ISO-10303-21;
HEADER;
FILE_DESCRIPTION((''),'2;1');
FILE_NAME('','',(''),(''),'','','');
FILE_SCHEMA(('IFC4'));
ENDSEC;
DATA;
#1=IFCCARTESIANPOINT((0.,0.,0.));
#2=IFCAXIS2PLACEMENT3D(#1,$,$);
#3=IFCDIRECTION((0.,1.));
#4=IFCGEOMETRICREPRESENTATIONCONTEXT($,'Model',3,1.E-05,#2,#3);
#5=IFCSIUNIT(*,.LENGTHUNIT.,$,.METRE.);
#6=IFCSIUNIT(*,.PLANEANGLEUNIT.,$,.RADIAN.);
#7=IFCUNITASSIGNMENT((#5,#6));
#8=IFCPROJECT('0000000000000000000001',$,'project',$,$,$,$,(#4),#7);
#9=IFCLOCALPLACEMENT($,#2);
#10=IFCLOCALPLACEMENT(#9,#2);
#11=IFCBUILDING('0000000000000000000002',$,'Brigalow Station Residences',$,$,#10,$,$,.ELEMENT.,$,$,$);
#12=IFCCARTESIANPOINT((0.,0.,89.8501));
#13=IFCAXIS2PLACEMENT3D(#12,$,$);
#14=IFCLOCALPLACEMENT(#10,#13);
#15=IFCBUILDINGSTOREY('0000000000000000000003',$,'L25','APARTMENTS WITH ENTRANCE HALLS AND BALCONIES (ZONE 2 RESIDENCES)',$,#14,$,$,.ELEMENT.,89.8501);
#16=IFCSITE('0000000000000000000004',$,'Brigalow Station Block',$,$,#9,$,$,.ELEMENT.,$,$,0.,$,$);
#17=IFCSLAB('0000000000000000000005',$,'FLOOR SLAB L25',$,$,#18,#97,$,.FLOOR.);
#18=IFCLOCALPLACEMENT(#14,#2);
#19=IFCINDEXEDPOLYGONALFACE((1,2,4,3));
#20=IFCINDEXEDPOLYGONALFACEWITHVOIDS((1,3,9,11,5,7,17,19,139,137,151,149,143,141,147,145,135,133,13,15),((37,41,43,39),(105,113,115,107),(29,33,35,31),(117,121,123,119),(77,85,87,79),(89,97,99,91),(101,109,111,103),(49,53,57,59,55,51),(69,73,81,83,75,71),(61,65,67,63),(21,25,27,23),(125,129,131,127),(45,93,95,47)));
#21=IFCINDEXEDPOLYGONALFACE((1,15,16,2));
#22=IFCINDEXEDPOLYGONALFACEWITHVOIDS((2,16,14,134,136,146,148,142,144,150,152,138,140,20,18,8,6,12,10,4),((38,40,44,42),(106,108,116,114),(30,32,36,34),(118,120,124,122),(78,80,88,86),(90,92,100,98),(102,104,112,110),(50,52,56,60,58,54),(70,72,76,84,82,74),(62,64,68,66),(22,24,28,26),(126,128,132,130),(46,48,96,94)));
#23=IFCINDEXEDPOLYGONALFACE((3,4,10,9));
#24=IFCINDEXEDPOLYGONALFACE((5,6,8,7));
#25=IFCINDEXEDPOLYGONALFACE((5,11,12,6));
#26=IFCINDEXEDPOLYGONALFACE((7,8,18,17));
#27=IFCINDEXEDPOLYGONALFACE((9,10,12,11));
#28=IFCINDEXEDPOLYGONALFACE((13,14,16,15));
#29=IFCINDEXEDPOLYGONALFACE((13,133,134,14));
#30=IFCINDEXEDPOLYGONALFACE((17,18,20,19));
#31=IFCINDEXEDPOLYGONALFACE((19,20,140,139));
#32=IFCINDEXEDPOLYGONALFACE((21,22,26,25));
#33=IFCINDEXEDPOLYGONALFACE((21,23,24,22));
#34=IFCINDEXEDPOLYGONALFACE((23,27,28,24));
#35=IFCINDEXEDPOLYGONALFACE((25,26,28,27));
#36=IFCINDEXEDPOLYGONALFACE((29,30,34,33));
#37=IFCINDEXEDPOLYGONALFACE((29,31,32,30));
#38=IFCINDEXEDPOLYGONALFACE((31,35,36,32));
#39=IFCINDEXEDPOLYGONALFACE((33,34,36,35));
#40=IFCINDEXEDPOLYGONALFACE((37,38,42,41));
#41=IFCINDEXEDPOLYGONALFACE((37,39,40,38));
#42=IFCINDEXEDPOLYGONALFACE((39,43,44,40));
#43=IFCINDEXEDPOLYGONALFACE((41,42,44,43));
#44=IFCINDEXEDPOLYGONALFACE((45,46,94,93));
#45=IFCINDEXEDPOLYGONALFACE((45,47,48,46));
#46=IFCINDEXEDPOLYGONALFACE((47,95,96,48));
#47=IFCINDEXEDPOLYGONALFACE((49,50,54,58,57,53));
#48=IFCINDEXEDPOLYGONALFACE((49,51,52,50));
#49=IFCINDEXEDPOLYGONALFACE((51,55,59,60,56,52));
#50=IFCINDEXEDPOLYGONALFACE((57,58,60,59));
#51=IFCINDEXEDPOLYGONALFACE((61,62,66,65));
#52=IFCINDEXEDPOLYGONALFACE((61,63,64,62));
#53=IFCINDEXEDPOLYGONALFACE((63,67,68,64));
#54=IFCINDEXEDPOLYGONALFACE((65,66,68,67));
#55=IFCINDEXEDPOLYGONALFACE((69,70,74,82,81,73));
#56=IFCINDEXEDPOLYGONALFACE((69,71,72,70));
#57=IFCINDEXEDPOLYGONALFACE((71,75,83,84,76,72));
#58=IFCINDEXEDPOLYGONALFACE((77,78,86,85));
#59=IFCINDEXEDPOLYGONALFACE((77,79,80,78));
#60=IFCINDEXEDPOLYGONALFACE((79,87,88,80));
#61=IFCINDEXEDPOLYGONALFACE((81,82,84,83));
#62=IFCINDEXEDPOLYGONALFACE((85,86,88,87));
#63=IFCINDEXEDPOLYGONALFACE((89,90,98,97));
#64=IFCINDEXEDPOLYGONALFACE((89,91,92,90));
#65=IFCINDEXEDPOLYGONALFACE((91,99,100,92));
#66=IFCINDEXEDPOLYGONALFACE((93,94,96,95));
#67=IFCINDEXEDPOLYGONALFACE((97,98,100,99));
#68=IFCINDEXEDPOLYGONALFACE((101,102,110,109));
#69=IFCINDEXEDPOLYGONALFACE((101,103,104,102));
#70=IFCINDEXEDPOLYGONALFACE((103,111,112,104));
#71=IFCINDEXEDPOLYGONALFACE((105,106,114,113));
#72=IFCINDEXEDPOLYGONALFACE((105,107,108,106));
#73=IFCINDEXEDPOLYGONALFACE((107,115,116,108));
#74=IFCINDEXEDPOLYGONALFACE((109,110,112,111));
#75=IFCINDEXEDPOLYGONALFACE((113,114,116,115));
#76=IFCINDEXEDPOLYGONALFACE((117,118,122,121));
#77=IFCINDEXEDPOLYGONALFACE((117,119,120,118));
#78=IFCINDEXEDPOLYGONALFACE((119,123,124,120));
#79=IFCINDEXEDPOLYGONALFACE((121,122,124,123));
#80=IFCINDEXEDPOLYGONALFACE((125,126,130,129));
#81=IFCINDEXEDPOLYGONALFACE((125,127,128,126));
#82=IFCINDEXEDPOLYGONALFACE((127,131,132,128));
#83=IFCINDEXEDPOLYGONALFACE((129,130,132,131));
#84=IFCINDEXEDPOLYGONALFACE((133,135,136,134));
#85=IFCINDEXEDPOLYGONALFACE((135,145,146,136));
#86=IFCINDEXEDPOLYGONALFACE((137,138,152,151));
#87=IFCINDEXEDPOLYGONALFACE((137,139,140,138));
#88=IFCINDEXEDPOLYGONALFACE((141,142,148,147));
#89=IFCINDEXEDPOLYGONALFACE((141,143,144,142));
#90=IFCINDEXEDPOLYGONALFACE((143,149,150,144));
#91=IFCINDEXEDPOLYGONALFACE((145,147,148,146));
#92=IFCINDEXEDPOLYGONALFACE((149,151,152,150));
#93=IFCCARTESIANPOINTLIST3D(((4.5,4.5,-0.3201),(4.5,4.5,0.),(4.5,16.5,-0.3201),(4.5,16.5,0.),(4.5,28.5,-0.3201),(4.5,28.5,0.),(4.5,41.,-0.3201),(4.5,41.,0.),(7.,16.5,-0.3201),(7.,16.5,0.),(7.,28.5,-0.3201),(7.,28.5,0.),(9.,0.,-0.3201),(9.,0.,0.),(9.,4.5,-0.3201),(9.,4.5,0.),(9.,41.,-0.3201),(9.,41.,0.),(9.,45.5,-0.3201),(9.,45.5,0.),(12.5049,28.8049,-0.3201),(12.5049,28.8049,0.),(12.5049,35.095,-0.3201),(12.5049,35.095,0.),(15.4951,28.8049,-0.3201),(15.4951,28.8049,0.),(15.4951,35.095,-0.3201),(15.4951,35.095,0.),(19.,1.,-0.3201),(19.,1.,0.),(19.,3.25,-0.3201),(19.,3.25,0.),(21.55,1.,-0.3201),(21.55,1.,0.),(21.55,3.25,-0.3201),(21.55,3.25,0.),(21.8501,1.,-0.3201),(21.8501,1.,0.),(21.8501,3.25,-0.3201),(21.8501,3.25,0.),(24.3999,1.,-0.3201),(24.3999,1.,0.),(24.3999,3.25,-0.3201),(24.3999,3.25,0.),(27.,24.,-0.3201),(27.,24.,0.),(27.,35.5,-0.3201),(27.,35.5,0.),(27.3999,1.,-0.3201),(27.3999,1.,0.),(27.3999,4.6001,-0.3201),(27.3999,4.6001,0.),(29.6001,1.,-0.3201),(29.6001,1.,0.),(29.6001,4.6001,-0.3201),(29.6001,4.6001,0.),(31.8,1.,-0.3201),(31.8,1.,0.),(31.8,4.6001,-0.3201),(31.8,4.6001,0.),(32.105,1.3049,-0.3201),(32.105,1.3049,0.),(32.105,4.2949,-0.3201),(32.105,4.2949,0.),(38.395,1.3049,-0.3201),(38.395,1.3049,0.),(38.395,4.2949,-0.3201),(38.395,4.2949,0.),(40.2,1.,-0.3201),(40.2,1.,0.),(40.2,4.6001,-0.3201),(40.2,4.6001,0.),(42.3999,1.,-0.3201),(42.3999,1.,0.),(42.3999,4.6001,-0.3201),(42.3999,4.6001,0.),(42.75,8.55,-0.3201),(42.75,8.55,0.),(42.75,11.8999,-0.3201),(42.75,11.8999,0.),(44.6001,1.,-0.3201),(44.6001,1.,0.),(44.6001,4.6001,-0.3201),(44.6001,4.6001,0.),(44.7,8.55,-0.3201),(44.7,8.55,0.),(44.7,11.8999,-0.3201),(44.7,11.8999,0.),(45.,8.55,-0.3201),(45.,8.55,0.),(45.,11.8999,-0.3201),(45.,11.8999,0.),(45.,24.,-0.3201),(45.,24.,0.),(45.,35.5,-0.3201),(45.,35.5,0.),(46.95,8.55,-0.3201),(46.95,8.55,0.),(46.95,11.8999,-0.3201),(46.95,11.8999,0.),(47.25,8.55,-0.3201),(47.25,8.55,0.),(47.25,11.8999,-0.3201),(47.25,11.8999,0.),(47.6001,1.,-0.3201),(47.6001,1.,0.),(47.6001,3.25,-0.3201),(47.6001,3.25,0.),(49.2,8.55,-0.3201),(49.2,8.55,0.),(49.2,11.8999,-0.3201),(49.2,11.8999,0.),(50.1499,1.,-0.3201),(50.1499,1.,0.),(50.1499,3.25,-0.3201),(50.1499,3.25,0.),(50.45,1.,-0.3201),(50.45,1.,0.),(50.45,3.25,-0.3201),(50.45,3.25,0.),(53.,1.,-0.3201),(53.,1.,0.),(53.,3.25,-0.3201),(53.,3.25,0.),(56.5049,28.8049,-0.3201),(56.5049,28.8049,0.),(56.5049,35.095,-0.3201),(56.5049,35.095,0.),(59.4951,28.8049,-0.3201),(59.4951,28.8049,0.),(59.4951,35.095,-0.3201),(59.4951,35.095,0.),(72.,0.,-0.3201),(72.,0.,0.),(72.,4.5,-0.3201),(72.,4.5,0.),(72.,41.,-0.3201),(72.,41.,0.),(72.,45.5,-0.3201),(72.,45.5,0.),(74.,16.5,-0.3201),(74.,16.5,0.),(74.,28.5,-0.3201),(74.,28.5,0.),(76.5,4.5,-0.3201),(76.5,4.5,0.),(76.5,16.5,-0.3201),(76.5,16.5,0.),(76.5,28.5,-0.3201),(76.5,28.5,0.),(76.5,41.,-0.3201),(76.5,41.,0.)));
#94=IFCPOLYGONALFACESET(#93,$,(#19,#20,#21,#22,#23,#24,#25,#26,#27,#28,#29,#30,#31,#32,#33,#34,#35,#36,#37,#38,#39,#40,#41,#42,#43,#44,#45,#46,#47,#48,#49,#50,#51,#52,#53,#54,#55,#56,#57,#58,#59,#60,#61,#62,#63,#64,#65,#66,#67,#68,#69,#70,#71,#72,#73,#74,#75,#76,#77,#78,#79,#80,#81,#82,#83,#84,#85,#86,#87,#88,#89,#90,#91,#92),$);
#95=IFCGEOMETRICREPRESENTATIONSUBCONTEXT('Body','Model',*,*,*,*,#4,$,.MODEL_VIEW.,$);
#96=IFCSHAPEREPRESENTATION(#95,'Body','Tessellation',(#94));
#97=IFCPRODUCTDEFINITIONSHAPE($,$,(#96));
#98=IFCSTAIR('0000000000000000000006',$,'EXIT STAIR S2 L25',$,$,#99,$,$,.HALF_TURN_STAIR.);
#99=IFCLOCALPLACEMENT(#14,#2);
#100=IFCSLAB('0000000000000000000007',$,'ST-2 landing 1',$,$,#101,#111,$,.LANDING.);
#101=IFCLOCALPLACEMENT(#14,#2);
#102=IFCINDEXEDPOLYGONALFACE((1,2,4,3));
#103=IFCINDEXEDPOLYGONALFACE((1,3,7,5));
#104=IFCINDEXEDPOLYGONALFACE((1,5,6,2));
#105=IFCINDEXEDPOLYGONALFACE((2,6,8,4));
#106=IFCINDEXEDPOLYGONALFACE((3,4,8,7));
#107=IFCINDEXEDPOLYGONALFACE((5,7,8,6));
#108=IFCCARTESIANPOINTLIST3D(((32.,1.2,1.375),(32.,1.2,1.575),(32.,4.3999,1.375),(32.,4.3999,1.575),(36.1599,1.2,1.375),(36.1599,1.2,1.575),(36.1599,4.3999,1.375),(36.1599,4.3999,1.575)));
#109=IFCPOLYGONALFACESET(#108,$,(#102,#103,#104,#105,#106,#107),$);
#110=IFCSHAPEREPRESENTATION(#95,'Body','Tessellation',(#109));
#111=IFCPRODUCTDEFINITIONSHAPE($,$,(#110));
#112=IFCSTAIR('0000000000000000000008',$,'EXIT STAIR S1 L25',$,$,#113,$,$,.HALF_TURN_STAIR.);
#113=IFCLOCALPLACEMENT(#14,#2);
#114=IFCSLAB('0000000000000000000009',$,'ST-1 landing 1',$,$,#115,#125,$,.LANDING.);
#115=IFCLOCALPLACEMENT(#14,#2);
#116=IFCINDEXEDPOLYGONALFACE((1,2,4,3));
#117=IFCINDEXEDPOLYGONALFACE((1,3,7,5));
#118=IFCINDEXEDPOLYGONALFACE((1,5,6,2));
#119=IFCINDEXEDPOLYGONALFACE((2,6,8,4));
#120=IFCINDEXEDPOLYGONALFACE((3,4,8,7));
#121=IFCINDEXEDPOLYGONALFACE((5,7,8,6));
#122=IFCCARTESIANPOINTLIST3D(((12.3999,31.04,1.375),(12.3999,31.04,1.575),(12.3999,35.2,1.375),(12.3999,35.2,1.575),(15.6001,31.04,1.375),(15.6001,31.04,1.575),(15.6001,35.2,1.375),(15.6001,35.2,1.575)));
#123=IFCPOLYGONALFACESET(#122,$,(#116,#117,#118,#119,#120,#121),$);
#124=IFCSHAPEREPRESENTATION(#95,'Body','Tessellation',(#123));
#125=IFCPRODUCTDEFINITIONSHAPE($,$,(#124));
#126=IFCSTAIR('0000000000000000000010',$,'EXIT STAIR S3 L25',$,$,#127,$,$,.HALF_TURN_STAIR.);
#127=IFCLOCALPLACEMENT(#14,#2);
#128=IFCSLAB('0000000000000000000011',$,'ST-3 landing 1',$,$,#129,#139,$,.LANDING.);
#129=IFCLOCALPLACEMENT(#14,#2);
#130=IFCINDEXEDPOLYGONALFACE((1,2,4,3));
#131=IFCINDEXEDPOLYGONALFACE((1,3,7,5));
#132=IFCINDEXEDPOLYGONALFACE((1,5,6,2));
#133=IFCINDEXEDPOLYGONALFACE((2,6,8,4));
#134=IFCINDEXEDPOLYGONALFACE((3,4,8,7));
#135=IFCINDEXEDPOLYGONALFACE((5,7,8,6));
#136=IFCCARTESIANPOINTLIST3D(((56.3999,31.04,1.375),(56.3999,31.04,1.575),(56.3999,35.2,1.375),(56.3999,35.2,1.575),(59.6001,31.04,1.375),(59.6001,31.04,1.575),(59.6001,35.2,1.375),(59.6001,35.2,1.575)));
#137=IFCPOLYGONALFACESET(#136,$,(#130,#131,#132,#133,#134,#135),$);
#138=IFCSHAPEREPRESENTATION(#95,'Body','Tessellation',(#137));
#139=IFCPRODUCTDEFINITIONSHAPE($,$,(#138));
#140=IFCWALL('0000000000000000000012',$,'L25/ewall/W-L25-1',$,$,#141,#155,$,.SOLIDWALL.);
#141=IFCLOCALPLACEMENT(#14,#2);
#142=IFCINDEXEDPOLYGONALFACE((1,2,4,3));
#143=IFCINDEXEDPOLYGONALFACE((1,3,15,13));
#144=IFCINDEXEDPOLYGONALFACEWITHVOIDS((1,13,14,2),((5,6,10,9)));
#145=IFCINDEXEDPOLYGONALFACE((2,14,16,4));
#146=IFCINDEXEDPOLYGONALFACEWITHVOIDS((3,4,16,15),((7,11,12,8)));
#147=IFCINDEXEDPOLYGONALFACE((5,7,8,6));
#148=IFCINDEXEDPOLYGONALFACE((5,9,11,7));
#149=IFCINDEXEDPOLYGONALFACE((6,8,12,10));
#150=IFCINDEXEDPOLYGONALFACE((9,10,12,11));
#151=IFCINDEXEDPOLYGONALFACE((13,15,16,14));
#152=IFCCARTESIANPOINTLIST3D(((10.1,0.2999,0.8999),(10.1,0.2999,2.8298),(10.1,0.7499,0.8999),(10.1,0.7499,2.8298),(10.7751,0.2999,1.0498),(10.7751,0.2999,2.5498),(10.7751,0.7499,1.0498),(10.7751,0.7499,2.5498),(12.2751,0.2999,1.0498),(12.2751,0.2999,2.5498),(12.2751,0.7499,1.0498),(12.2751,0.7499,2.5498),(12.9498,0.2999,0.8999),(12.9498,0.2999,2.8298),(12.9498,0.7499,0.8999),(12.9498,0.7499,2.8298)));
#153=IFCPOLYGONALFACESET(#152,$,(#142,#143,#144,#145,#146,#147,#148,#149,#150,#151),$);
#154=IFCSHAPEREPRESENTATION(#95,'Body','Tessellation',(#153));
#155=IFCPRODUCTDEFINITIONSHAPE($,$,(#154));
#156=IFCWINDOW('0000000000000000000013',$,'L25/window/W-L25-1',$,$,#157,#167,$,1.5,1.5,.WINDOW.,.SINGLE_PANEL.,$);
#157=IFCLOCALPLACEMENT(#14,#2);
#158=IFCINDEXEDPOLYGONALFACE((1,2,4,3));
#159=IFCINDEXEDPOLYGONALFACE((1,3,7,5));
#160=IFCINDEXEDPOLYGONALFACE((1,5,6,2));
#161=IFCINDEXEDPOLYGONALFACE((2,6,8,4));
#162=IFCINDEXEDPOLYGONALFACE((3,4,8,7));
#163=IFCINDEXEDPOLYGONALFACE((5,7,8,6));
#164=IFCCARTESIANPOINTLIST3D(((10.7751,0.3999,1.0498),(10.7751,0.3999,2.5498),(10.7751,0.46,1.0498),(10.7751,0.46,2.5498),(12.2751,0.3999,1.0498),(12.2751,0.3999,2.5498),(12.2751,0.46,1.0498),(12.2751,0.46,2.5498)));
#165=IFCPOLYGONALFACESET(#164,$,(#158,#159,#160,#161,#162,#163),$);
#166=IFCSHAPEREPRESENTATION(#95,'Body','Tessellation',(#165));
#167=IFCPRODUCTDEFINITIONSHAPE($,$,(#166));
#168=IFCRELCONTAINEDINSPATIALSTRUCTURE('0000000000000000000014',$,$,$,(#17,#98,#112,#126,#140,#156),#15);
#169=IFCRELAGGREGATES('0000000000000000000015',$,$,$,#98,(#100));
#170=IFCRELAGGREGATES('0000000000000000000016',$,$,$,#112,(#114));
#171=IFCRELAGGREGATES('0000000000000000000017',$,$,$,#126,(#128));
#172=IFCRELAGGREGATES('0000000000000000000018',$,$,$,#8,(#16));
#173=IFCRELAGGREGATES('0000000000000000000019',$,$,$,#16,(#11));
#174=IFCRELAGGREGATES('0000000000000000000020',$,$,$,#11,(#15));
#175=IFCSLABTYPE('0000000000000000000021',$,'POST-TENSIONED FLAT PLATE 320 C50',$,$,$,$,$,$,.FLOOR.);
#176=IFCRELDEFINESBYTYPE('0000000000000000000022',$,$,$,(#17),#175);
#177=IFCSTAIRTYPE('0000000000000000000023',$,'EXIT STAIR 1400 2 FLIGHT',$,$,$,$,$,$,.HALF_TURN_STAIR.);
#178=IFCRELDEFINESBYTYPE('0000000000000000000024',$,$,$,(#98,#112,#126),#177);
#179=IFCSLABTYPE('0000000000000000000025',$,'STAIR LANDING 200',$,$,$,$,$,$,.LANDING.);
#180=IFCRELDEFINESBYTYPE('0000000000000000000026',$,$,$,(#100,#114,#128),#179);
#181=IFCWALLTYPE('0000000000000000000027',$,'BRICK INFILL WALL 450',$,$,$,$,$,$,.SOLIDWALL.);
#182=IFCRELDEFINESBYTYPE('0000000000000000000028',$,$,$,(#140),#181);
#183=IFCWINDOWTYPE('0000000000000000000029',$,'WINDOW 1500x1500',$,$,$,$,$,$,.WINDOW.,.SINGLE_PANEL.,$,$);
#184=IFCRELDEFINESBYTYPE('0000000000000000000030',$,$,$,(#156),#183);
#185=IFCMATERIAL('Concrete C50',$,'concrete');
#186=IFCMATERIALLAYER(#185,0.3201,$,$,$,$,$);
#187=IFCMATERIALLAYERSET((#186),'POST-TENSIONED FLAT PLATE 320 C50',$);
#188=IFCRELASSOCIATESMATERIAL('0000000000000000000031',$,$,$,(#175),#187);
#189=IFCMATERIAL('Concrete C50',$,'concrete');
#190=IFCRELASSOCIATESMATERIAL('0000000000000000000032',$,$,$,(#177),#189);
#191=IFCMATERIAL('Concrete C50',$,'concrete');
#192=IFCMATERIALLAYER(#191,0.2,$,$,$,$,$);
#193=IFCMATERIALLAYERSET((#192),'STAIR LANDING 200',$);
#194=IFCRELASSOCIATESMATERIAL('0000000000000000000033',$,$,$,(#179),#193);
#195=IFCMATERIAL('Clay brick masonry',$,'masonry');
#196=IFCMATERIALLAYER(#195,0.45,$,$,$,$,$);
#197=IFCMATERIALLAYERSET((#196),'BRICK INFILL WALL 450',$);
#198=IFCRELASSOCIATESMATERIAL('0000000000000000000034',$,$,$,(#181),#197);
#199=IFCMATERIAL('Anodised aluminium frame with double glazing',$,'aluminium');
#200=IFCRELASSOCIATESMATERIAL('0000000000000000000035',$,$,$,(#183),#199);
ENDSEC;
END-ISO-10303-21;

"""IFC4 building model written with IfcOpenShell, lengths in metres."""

from ifc_helpers import new_model, si_unit, direction, frame, frame_2d, origin, place, context, subcontext, project, spatial, polyline, rectangle, outline, extrude, material, layer, layer_set, type_object, element, fill, aggregate, save


model = new_model("IFC4")

# Units and contexts
model_context = context("Model", 3, precision=1e-05, world=origin(), true_north=direction((0.0, 1.0)))
body_context = subcontext(model_context, "Body", "Model", "MODEL_VIEW")
ifc_project = project(units=[si_unit("LENGTHUNIT", "METRE"), si_unit("PLANEANGLEUNIT", "RADIAN")], contexts=[model_context])

# Site, building, storey
site_placement = place(None, origin())
site = spatial("IfcSite", under=ifc_project, at=site_placement, Name="Brigalow Station Block", CompositionType="ELEMENT", RefElevation=0.0)
building_placement = place(site_placement, origin())
building = spatial("IfcBuilding", under=site, at=building_placement, Name="Brigalow Station Residences", CompositionType="ELEMENT")
storey_placement = place(building_placement, frame((0.0, 0.0, 89.8501)))
storey = spatial("IfcBuildingStorey", under=building, at=storey_placement, Name="L25", Description="APARTMENTS WITH ENTRANCE HALLS AND BALCONIES (ZONE 2 RESIDENCES)", CompositionType="ELEMENT", Elevation=89.8501)

# Slab
ifc_material_1 = material(Name="Concrete C50", Category="concrete")
ifc_layer_1 = layer(ifc_material_1, 0.3201)
ifc_layer_set_1 = layer_set([ifc_layer_1], Name="POST-TENSIONED FLAT PLATE 320 C50")
slab_type_1 = type_object("IfcSlabType", Name="POST-TENSIONED FLAT PLATE 320 C50", PredefinedType="FLOOR", material=ifc_layer_set_1)
slab_1_placement = place(storey_placement, frame((0.0, 0.0, -0.3201)))
element("IfcSlab", 1, at=slab_1_placement, inside=storey, type_object=slab_type_1, Name="FLOOR SLAB L25", PredefinedType="FLOOR", context=body_context, shape_type="SweptSolid", body=[
    extrude(outline(polyline([(9.0, 0.0), (72.0, 0.0), (72.0, 4.5), (76.5, 4.5), (76.5, 16.5), (74.0, 16.5), (74.0, 28.5), (76.5, 28.5), (76.5, 41.0), (72.0, 41.0), (72.0, 45.5), (9.0, 45.5), (9.0, 41.0), (4.5, 41.0), (4.5, 28.5), (7.0, 28.5), (7.0, 16.5), (4.5, 16.5), (4.5, 4.5), (9.0, 4.5), (9.0, 0.0)]), holes=[polyline([(12.5049, 35.095), (15.4951, 35.095), (15.4951, 28.8049), (12.5049, 28.8049), (12.5049, 35.095)]), polyline([(19.0, 1.0), (19.0, 3.25), (21.55, 3.25), (21.55, 1.0), (19.0, 1.0)]), polyline([(21.8501, 3.25), (24.3999, 3.25), (24.3999, 1.0), (21.8501, 1.0), (21.8501, 3.25)]), polyline([(27.0, 35.5), (45.0, 35.5), (45.0, 24.0), (27.0, 24.0), (27.0, 35.5)]), polyline([(29.6001, 4.6001), (31.8, 4.6001), (31.8, 1.0), (29.6001, 1.0), (27.3999, 1.0), (27.3999, 4.6001), (29.6001, 4.6001)]), polyline([(32.105, 4.2949), (38.395, 4.2949), (38.395, 1.3049), (32.105, 1.3049), (32.105, 4.2949)]), polyline([(40.2, 4.6001), (42.3999, 4.6001), (44.6001, 4.6001), (44.6001, 1.0), (42.3999, 1.0), (40.2, 1.0), (40.2, 4.6001)]), polyline([(42.75, 11.8999), (44.7, 11.8999), (44.7, 8.55), (42.75, 8.55), (42.75, 11.8999)]), polyline([(45.0, 11.8999), (46.95, 11.8999), (46.95, 8.55), (45.0, 8.55), (45.0, 11.8999)]), polyline([(47.25, 11.8999), (49.2, 11.8999), (49.2, 8.55), (47.25, 8.55), (47.25, 11.8999)]), polyline([(47.6001, 3.25), (50.1499, 3.25), (50.1499, 1.0), (47.6001, 1.0), (47.6001, 3.25)]), polyline([(50.45, 3.25), (53.0, 3.25), (53.0, 1.0), (50.45, 1.0), (50.45, 3.25)]), polyline([(56.5049, 35.095), (59.4951, 35.095), (59.4951, 28.8049), (56.5049, 28.8049), (56.5049, 35.095)])]), origin(), (0.0, 0.0, 1.0), 0.3201),
])

# Stairs, slabs
ifc_material_2 = material(Name="Concrete C50", Category="concrete")
stair_type = type_object("IfcStairType", Name="EXIT STAIR 1400 2 FLIGHT", PredefinedType="HALF_TURN_STAIR", material=ifc_material_2)
stair_1_placement = place(storey_placement, origin())
stair_1 = element("IfcStair", 2, at=stair_1_placement, inside=storey, type_object=stair_type, Name="EXIT STAIR S2 L25", PredefinedType="HALF_TURN_STAIR")
ifc_material_3 = material(Name="Concrete C50", Category="concrete")
ifc_layer_2 = layer(ifc_material_3, 0.2)
ifc_layer_set_2 = layer_set([ifc_layer_2], Name="STAIR LANDING 200")
slab_type_2 = type_object("IfcSlabType", Name="STAIR LANDING 200", PredefinedType="LANDING", material=ifc_layer_set_2)
slab_2_placement = place(storey_placement, frame((0.0, 0.0, 1.375)))
slab_2 = element("IfcSlab", 3, at=slab_2_placement, type_object=slab_type_2, Name="ST-2 landing 1", PredefinedType="LANDING", context=body_context, shape_type="SweptSolid", body=[
    extrude(outline(polyline([(32.0, 1.2), (36.1599, 1.2), (36.1599, 4.3999), (32.0, 4.3999), (32.0, 1.2)])), origin(), (0.0, 0.0, 1.0), 0.2),
])
aggregate(stair_1, [slab_2])
stair_2_placement = place(storey_placement, origin())
stair_2 = element("IfcStair", 4, at=stair_2_placement, inside=storey, type_object=stair_type, Name="EXIT STAIR S1 L25", PredefinedType="HALF_TURN_STAIR")
slab_3_placement = place(storey_placement, frame((0.0, 0.0, 1.375)))
slab_3 = element("IfcSlab", 5, at=slab_3_placement, type_object=slab_type_2, Name="ST-1 landing 1", PredefinedType="LANDING", context=body_context, shape_type="SweptSolid", body=[
    extrude(outline(polyline([(12.3999, 31.04), (15.6001, 31.04), (15.6001, 35.2), (12.3999, 35.2), (12.3999, 31.04)])), origin(), (0.0, 0.0, 1.0), 0.2),
])
aggregate(stair_2, [slab_3])
stair_3_placement = place(storey_placement, origin())
stair_3 = element("IfcStair", 6, at=stair_3_placement, inside=storey, type_object=stair_type, Name="EXIT STAIR S3 L25", PredefinedType="HALF_TURN_STAIR")
slab_4_placement = place(storey_placement, frame((0.0, 0.0, 1.375)))
slab_4 = element("IfcSlab", 7, at=slab_4_placement, type_object=slab_type_2, Name="ST-3 landing 1", PredefinedType="LANDING", context=body_context, shape_type="SweptSolid", body=[
    extrude(outline(polyline([(56.3999, 31.04), (59.6001, 31.04), (59.6001, 35.2), (56.3999, 35.2), (56.3999, 31.04)])), origin(), (0.0, 0.0, 1.0), 0.2),
])
aggregate(stair_3, [slab_4])

# Wall, opening, window
ifc_material_4 = material(Name="Clay brick masonry", Category="masonry")
ifc_layer_3 = layer(ifc_material_4, 0.45)
ifc_layer_set_3 = layer_set([ifc_layer_3], Name="BRICK INFILL WALL 450")
wall_type_1 = type_object("IfcWallType", Name="BRICK INFILL WALL 450", PredefinedType="SOLIDWALL", material=ifc_layer_set_3)
wall_1_placement = place(storey_placement, frame((10.1001, 0.5249, 0.8999), z_axis=(0.0, 0.0, 1.0), x_axis=(1.0, 0.0, 0.0)))
wall_1 = element("IfcWall", 8, at=wall_1_placement, inside=storey, type_object=wall_type_1, Name="L25/ewall/W-L25-1", PredefinedType="SOLIDWALL", context=body_context, shape_type="SweptSolid", body=[
    extrude(rectangle(XDim=2.8499, YDim=0.45, at=frame_2d((1.4248, 0.0))), origin(), (0.0, 0.0, 1.0), 1.9299),
])
opening_1_placement = place(wall_1_placement, frame((0.675, 0.0, 0.1499)))
opening_1 = element("IfcOpeningElement", 9, at=opening_1_placement, cuts=wall_1, PredefinedType="OPENING", context=body_context, shape_type="SweptSolid", body=[
    extrude(rectangle(XDim=1.5, YDim=1.5, at=frame_2d((0.75, 0.75))), frame((0.0, 0.2349, 0.0), z_axis=(0.0, -1.0, 0.0), x_axis=(1.0, 0.0, 0.0)), (0.0, 0.0, 1.0), 0.47),
])
ifc_material_5 = material(Name="Anodised aluminium frame with double glazing", Category="aluminium")
window_type_1 = type_object("IfcWindowType", Name="WINDOW 1500x1500", PartitioningType="SINGLE_PANEL", PredefinedType="WINDOW", material=ifc_material_5)
window_1_placement = place(opening_1_placement, origin())
window_1 = element("IfcWindow", 10, at=window_1_placement, inside=storey, type_object=window_type_1, Name="L25/window/W-L25-1", OverallHeight=1.5, OverallWidth=1.5, PartitioningType="SINGLE_PANEL", PredefinedType="WINDOW", context=body_context, shape_type="SweptSolid", body=[
    extrude(rectangle(XDim=1.5, YDim=1.5, at=frame_2d((0.75, 0.75))), frame((0.0, -0.0649, 0.0), z_axis=(0.0, -1.0, 0.0), x_axis=(1.0, 0.0, 0.0)), (0.0, 0.0, 1.0), 0.0601),
])
fill(opening_1, window_1)

save(model, "model.ifc")
